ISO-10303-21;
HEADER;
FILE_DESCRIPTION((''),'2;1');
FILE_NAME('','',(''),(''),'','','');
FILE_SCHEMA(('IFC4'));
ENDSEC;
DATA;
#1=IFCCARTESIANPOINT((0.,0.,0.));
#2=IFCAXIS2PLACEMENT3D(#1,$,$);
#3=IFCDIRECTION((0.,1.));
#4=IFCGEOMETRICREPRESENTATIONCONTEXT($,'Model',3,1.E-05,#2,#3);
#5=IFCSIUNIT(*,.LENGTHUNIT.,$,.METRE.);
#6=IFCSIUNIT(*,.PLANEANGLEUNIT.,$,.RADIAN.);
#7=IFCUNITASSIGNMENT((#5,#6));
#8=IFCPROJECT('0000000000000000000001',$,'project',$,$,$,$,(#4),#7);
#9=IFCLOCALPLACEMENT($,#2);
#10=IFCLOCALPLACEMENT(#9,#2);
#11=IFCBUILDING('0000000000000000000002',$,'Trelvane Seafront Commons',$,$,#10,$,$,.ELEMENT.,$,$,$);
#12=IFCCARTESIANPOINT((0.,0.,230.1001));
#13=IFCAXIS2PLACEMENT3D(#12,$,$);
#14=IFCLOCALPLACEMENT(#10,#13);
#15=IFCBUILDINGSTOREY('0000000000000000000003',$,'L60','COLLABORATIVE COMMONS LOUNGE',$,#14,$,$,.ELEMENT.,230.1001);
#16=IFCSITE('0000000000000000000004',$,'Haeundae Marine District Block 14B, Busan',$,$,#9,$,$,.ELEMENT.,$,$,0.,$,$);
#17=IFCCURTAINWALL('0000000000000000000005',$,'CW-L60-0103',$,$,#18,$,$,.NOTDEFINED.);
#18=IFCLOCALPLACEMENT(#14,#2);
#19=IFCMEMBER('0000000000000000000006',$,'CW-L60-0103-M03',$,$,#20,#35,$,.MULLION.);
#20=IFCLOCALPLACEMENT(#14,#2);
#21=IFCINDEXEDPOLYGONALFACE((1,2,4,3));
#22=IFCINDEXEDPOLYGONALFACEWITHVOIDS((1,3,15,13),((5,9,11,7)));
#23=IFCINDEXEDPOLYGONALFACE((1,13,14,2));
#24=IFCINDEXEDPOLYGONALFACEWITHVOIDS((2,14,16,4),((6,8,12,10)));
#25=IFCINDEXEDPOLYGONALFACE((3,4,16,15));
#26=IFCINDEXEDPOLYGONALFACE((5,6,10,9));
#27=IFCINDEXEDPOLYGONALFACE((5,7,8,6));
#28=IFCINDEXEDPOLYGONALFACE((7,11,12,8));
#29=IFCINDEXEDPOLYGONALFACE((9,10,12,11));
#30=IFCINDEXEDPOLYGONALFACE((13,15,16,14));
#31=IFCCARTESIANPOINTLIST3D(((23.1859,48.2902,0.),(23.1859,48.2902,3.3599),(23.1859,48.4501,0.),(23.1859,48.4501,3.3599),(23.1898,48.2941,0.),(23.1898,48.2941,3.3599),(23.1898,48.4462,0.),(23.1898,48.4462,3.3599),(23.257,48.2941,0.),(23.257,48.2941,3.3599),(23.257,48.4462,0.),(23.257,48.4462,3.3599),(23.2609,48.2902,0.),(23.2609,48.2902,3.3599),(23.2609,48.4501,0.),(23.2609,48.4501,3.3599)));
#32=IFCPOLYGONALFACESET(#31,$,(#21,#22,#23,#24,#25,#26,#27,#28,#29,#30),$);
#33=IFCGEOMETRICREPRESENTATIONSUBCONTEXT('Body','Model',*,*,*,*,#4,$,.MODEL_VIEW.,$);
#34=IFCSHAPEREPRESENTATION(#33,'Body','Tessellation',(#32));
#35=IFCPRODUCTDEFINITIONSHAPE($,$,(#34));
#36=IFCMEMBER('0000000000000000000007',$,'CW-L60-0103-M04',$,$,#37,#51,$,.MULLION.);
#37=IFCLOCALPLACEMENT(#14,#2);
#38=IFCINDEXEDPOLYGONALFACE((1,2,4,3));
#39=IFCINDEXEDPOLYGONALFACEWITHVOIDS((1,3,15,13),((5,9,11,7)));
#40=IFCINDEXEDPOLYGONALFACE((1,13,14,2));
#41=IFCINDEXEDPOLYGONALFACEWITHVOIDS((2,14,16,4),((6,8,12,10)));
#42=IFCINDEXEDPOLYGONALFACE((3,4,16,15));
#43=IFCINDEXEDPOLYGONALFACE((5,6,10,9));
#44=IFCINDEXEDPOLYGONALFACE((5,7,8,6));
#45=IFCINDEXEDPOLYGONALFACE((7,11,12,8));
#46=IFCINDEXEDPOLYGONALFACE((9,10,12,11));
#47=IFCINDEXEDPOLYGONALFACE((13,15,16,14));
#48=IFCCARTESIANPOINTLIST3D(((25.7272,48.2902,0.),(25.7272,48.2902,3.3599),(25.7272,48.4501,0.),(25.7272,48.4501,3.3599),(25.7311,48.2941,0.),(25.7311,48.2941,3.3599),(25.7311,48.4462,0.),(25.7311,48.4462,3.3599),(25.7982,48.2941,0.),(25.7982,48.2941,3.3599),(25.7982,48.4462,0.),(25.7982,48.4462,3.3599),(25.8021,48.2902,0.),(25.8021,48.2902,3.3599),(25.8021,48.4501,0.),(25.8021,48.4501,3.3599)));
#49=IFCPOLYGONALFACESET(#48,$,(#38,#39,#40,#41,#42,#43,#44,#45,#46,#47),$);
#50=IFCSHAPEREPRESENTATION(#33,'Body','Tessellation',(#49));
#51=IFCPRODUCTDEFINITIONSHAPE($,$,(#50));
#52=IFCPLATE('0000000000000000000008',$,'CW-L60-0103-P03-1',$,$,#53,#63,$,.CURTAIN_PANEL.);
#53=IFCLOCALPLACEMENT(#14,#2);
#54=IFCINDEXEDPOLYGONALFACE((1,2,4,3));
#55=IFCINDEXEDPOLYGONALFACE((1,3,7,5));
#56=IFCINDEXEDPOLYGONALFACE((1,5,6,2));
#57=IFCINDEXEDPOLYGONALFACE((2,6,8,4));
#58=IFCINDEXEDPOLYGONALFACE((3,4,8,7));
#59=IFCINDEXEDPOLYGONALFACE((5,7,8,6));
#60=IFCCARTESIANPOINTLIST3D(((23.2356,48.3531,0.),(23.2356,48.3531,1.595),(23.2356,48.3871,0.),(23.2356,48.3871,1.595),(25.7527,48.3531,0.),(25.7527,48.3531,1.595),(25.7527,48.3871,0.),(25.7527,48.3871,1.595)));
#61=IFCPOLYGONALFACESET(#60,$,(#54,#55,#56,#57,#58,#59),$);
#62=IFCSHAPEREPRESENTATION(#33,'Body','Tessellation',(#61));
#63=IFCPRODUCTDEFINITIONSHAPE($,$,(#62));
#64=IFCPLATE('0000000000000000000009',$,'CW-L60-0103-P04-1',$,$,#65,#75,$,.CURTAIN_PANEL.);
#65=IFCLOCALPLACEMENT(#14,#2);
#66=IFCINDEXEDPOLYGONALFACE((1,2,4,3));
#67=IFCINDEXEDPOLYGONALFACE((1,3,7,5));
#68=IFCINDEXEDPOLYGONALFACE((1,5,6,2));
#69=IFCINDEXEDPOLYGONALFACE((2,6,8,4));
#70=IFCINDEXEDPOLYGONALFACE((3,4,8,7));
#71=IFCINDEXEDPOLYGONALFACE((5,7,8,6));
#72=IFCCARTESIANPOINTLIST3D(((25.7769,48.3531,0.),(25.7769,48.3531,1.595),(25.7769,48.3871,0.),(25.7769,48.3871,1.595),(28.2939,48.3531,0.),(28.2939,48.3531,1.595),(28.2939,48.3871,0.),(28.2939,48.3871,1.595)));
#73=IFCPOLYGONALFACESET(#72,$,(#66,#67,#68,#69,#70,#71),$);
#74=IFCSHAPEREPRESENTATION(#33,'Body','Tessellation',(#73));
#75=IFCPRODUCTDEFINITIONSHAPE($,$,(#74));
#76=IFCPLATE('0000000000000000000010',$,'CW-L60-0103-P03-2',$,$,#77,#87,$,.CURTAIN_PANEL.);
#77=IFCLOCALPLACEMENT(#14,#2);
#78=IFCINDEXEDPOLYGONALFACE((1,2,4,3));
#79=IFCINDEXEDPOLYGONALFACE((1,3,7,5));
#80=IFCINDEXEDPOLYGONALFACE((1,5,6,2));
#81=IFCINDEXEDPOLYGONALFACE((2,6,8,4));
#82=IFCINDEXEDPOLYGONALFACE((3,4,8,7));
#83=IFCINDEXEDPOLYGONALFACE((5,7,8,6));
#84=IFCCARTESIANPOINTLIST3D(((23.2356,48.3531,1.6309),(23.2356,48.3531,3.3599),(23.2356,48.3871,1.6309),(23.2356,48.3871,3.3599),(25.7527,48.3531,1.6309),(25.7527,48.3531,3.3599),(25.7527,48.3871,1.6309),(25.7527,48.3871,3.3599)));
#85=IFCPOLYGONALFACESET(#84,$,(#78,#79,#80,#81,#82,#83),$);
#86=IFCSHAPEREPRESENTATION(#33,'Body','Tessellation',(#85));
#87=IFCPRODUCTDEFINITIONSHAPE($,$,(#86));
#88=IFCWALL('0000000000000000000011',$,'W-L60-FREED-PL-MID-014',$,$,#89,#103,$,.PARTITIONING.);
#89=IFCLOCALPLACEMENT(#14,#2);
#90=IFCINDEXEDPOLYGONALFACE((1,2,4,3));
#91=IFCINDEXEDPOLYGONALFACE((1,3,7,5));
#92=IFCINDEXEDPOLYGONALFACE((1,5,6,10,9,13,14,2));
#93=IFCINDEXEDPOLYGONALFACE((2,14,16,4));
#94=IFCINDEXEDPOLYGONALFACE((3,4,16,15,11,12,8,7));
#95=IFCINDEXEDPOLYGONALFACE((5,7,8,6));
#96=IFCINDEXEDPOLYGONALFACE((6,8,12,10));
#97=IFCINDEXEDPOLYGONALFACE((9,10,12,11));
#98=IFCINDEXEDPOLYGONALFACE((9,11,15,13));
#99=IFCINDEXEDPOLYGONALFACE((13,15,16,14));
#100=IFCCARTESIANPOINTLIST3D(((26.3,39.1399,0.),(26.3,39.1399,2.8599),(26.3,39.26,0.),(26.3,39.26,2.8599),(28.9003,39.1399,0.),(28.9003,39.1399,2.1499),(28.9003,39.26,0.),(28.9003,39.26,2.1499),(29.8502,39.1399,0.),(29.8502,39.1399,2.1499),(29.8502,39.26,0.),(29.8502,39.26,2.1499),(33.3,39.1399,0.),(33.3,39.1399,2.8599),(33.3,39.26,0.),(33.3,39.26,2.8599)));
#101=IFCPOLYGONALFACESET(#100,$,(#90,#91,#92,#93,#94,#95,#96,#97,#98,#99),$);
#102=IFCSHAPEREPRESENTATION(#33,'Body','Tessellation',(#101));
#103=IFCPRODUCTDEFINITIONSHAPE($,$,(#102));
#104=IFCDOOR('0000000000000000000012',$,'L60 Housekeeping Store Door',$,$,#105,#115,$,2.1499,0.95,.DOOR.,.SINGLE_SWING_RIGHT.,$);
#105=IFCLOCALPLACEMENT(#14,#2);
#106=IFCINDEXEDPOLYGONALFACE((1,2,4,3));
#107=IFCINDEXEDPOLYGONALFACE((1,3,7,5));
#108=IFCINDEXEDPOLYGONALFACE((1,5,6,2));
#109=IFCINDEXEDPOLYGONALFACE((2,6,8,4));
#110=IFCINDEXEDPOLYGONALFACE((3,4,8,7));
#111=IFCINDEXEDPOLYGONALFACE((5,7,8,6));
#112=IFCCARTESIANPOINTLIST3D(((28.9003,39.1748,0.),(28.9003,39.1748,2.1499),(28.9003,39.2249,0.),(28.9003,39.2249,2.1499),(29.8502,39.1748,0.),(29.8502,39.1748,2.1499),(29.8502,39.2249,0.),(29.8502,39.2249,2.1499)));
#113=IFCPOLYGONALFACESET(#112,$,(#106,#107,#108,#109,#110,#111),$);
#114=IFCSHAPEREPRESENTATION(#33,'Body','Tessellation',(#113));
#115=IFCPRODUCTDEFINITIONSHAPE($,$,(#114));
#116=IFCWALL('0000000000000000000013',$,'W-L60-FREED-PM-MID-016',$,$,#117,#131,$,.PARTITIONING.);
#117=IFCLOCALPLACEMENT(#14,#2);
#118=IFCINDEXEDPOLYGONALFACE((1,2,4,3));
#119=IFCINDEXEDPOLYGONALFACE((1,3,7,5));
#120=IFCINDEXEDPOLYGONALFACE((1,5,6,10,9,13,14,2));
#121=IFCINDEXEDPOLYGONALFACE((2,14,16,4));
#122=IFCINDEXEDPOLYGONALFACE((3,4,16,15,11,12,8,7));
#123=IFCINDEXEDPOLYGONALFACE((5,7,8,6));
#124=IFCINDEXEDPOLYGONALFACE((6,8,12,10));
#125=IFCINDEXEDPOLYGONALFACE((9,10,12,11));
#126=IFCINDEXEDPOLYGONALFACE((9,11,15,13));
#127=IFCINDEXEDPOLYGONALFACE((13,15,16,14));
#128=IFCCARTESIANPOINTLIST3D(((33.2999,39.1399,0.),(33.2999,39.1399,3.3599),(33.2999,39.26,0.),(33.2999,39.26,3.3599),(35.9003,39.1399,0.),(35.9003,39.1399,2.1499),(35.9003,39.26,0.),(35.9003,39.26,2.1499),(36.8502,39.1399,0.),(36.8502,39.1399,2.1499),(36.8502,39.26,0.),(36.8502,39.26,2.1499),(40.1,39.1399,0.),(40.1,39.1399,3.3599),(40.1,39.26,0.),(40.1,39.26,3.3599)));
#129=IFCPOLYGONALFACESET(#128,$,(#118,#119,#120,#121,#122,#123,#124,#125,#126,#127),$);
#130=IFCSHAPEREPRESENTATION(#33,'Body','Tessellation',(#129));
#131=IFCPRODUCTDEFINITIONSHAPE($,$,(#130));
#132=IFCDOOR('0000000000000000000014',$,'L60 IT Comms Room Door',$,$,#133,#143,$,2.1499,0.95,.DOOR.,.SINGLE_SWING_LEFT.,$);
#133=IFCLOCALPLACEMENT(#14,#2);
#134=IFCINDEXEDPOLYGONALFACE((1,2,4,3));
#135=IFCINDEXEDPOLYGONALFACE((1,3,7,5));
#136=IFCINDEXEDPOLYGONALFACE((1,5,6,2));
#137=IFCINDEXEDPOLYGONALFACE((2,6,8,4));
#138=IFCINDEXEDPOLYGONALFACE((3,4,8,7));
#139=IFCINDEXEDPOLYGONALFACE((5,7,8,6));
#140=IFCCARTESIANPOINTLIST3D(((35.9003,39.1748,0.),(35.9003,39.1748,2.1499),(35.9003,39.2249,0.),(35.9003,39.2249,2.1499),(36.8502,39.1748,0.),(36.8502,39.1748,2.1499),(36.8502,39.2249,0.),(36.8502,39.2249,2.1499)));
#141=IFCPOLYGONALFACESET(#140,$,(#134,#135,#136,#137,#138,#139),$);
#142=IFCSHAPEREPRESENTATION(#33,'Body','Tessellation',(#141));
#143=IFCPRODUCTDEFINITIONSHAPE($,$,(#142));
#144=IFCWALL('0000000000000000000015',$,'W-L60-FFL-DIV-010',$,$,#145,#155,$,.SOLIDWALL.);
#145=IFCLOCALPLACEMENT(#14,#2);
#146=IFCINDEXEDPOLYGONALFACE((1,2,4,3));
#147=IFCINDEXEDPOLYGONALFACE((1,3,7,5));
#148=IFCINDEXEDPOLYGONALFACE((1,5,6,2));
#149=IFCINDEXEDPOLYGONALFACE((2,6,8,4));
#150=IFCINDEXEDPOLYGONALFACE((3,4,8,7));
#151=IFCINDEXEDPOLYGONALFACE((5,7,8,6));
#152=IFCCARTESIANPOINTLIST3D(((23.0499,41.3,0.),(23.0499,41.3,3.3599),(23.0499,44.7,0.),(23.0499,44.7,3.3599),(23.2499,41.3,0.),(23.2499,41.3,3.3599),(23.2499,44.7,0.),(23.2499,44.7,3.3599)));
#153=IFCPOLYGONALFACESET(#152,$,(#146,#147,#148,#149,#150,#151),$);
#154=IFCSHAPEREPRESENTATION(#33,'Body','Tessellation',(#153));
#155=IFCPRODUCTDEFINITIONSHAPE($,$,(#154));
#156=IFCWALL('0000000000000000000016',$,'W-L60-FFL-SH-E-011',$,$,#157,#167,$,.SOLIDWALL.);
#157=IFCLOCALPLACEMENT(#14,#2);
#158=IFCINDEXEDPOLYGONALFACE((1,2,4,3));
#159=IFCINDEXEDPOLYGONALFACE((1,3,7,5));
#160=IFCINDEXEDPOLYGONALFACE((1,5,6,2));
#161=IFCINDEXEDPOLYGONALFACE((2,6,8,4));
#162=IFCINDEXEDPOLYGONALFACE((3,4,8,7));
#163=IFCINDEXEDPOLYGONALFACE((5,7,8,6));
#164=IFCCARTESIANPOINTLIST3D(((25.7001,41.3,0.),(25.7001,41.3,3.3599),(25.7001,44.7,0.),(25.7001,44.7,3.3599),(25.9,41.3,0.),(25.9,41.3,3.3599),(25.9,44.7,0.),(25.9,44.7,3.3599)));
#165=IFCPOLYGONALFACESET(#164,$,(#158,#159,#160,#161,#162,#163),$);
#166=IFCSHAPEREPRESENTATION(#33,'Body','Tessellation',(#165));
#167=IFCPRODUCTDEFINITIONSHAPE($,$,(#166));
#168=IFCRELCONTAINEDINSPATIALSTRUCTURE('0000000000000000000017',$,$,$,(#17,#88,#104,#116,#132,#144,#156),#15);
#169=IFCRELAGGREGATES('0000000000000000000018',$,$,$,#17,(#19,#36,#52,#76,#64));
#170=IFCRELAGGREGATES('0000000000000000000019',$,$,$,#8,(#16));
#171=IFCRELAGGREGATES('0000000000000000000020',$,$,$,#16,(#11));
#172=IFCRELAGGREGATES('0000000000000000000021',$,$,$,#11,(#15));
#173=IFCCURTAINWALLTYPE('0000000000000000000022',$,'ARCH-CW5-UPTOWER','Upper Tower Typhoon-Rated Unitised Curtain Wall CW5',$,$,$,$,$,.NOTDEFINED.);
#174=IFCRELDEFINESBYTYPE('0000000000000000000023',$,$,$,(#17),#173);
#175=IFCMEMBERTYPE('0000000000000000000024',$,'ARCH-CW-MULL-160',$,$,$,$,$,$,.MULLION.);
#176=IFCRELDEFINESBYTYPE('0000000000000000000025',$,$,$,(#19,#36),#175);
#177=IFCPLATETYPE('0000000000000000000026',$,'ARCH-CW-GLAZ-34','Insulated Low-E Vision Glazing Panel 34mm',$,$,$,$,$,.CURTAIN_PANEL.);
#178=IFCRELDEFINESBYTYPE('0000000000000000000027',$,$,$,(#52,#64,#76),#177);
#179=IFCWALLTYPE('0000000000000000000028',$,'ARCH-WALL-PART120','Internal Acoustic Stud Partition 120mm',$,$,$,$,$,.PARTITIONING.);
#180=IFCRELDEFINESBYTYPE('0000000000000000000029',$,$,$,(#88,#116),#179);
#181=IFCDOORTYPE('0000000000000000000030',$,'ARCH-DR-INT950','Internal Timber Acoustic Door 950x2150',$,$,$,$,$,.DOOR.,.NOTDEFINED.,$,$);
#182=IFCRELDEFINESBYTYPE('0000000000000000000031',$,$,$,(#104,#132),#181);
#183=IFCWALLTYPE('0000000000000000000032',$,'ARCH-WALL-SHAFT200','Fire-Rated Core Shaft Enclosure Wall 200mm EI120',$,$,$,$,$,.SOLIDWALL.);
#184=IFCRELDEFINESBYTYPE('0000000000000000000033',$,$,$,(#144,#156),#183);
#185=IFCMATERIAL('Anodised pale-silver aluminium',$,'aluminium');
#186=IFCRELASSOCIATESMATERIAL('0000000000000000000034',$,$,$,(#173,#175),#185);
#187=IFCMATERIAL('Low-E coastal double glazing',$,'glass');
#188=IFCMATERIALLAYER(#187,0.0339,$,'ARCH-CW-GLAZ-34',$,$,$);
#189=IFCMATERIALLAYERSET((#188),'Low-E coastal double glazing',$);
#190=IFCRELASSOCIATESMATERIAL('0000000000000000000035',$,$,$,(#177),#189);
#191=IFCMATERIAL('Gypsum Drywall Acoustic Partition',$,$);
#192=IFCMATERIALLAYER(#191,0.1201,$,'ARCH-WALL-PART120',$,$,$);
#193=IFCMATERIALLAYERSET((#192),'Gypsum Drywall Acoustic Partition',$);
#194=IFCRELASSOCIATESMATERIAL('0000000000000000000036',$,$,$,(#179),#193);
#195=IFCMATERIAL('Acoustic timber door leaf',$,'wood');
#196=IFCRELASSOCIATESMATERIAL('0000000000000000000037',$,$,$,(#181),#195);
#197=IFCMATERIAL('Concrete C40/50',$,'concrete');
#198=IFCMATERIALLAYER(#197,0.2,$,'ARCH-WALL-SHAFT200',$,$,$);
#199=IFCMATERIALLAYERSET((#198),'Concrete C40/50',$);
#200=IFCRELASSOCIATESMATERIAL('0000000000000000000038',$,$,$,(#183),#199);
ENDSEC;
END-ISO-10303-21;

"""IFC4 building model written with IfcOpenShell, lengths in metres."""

from ifc_helpers import new_model, si_unit, direction, frame, frame_2d, origin, origin_2d, place, context, subcontext, project, spatial, rectangle, hollow_rectangle, extrude, source, transform, mapped, material, layer, layer_set, material_profile, profile_set, type_object, element, fill, aggregate, save


model = new_model("IFC4")

# Units and contexts
model_context = context("Model", 3, precision=1e-05, world=origin(), true_north=direction((0.0, 1.0)))
body_context = subcontext(model_context, "Body", "Model", "MODEL_VIEW")
ifc_project = project(units=[si_unit("LENGTHUNIT", "METRE"), si_unit("PLANEANGLEUNIT", "RADIAN")], contexts=[model_context])

# Site, building, storey
site_placement = place(None, origin())
site = spatial("IfcSite", under=ifc_project, at=site_placement, Name="Haeundae Marine District Block 14B, Busan", CompositionType="ELEMENT", RefElevation=0.0)
building_placement = place(site_placement, origin())
building = spatial("IfcBuilding", under=site, at=building_placement, Name="Trelvane Seafront Commons", CompositionType="ELEMENT")
storey_placement = place(building_placement, frame((0.0, 0.0, 230.1001)))
storey = spatial("IfcBuildingStorey", under=building, at=storey_placement, Name="L60", Description="COLLABORATIVE COMMONS LOUNGE", CompositionType="ELEMENT", Elevation=230.1001)

# Curtain wall, members, plates
ifc_material_1 = material(Name="Anodised pale-silver aluminium", Category="aluminium")
curtain_wall_type = type_object("IfcCurtainWallType", Name="ARCH-CW5-UPTOWER", Description="Upper Tower Typhoon-Rated Unitised Curtain Wall CW5", PredefinedType="NOTDEFINED", material=ifc_material_1)
curtain_wall_placement = place(storey_placement, origin())
curtain_wall = element("IfcCurtainWall", 1, at=curtain_wall_placement, inside=storey, type_object=curtain_wall_type, Name="CW-L60-0103", PredefinedType="NOTDEFINED")
ifc_material_profile_1 = material_profile(ifc_material_1, hollow_rectangle(XDim=0.075, YDim=0.1599, WallThickness=0.0039, at=origin_2d()), Name="MULL-75x160x4")
ifc_profile_set_1 = profile_set([ifc_material_profile_1], Name="Anodised pale-silver aluminium")
member_type_1 = type_object("IfcMemberType", Name="ARCH-CW-MULL-160", PredefinedType="MULLION", material=ifc_profile_set_1)
shared_shape_1 = source(origin(), body_context, "Body", "SweptSolid", [
    extrude(hollow_rectangle(XDim=0.075, YDim=0.1599, WallThickness=0.0039, at=origin_2d()), origin(), (0.0, 0.0, 1.0), 3.3599),
])
member_1_placement = place(storey_placement, frame((23.2234, 48.3701, 0.0), z_axis=(0.0, 0.0, 1.0), x_axis=(1.0, 0.0, 0.0)))
member_1 = element("IfcMember", 2, at=member_1_placement, type_object=member_type_1, Name="CW-L60-0103-M03", PredefinedType="MULLION", context=body_context, shape_type="MappedRepresentation", body=[
    mapped(shared_shape_1, transform((0.0, 0.0, 0.0), x_axis=(1.0, 0.0, 0.0), y_axis=(0.0, 1.0, 0.0), z_axis=(0.0, 0.0, 1.0), scale=1.0)),
])
member_2_placement = place(storey_placement, frame((25.7646, 48.3701, 0.0), z_axis=(0.0, 0.0, 1.0), x_axis=(1.0, 0.0, 0.0)))
member_2 = element("IfcMember", 3, at=member_2_placement, type_object=member_type_1, Name="CW-L60-0103-M04", PredefinedType="MULLION", context=body_context, shape_type="MappedRepresentation", body=[
    mapped(shared_shape_1, transform((0.0, 0.0, 0.0), x_axis=(1.0, 0.0, 0.0), y_axis=(0.0, 1.0, 0.0), z_axis=(0.0, 0.0, 1.0), scale=1.0)),
])
ifc_material_2 = material(Name="Low-E coastal double glazing", Category="glass")
ifc_layer_1 = layer(ifc_material_2, 0.0339, Name="ARCH-CW-GLAZ-34")
ifc_layer_set_1 = layer_set([ifc_layer_1], Name="Low-E coastal double glazing")
plate_type = type_object("IfcPlateType", Name="ARCH-CW-GLAZ-34", Description="Insulated Low-E Vision Glazing Panel 34mm", PredefinedType="CURTAIN_PANEL", material=ifc_layer_set_1)
shared_shape_2 = source(origin(), body_context, "Body", "SweptSolid", [
    extrude(rectangle(XDim=2.5171, YDim=0.0339, at=origin_2d()), origin(), (0.0, 0.0, 1.0), 1.595),
])
plate_1_placement = place(storey_placement, frame((24.4941, 48.3701, 0.0), z_axis=(0.0, 0.0, 1.0), x_axis=(1.0, 0.0, 0.0)))
plate_1 = element("IfcPlate", 4, at=plate_1_placement, type_object=plate_type, Name="CW-L60-0103-P03-1", PredefinedType="CURTAIN_PANEL", context=body_context, shape_type="MappedRepresentation", body=[
    mapped(shared_shape_2, transform((0.0, 0.0, 0.0), x_axis=(1.0, 0.0, 0.0), y_axis=(0.0, 1.0, 0.0), z_axis=(0.0, 0.0, 1.0), scale=1.0)),
])
plate_2_placement = place(storey_placement, frame((27.0354, 48.3701, 0.0), z_axis=(0.0, 0.0, 1.0), x_axis=(1.0, 0.0, 0.0)))
plate_2 = element("IfcPlate", 5, at=plate_2_placement, type_object=plate_type, Name="CW-L60-0103-P04-1", PredefinedType="CURTAIN_PANEL", context=body_context, shape_type="MappedRepresentation", body=[
    mapped(shared_shape_2, transform((0.0, 0.0, 0.0), x_axis=(1.0, 0.0, 0.0), y_axis=(0.0, 1.0, 0.0), z_axis=(0.0, 0.0, 1.0), scale=1.0)),
])
shared_shape_3 = source(origin(), body_context, "Body", "SweptSolid", [
    extrude(rectangle(XDim=2.5171, YDim=0.0339, at=origin_2d()), origin(), (0.0, 0.0, 1.0), 1.729),
])
plate_3_placement = place(storey_placement, frame((24.4941, 48.3701, 1.6309), z_axis=(0.0, 0.0, 1.0), x_axis=(1.0, 0.0, 0.0)))
plate_3 = element("IfcPlate", 6, at=plate_3_placement, type_object=plate_type, Name="CW-L60-0103-P03-2", PredefinedType="CURTAIN_PANEL", context=body_context, shape_type="MappedRepresentation", body=[
    mapped(shared_shape_3, transform((0.0, 0.0, 0.0), x_axis=(1.0, 0.0, 0.0), y_axis=(0.0, 1.0, 0.0), z_axis=(0.0, 0.0, 1.0), scale=1.0)),
])
aggregate(curtain_wall, [member_1, member_2, plate_1, plate_3, plate_2])

# Walls, openings, doors
ifc_material_3 = material(Name="Concrete C40/50", Category="concrete")
ifc_material_4 = material(Name="Gypsum Drywall Acoustic Partition")
ifc_layer_2 = layer(ifc_material_4, 0.1201, Name="ARCH-WALL-PART120")
ifc_layer_set_2 = layer_set([ifc_layer_2], Name="Gypsum Drywall Acoustic Partition")
wall_type_1 = type_object("IfcWallType", Name="ARCH-WALL-PART120", Description="Internal Acoustic Stud Partition 120mm", PredefinedType="PARTITIONING", material=ifc_layer_set_2)
wall_1_placement = place(storey_placement, frame((26.3, 39.2, 0.0), z_axis=(0.0, 0.0, 1.0), x_axis=(1.0, 0.0, 0.0)))
wall_1 = element("IfcWall", 7, at=wall_1_placement, inside=storey, type_object=wall_type_1, Name="W-L60-FREED-PL-MID-014", PredefinedType="PARTITIONING", context=body_context, shape_type="SweptSolid", body=[
    extrude(rectangle(XDim=7.0, YDim=0.1201, at=frame_2d((3.5, 0.0))), origin(), (0.0, 0.0, 1.0), 2.8599),
])
opening_1_placement = place(wall_1_placement, frame((2.6001, 0.0, 0.0)))
opening_1 = element("IfcOpeningElement", 8, at=opening_1_placement, cuts=wall_1, PredefinedType="OPENING", context=body_context, shape_type="SweptSolid", body=[
    extrude(rectangle(XDim=0.95, YDim=2.1499, at=frame_2d((0.4751, 1.075))), frame((0.0, 0.0701, 0.0), z_axis=(0.0, -1.0, 0.0), x_axis=(1.0, 0.0, 0.0)), (0.0, 0.0, 1.0), 0.1401),
])
ifc_material_5 = material(Name="Acoustic timber door leaf", Category="wood")
door_type_1 = type_object("IfcDoorType", Name="ARCH-DR-INT950", Description="Internal Timber Acoustic Door 950x2150", OperationType="NOTDEFINED", PredefinedType="DOOR", material=ifc_material_5)
shared_shape_4 = source(origin(), body_context, "Body", "SweptSolid", [
    extrude(rectangle(XDim=0.95, YDim=2.1499, at=frame_2d((0.4751, 1.075))), frame((0.0, 0.0249, 0.0), z_axis=(0.0, -1.0, 0.0), x_axis=(1.0, 0.0, 0.0)), (0.0, 0.0, 1.0), 0.05),
])
door_1_placement = place(opening_1_placement, origin())
door_1 = element("IfcDoor", 9, at=door_1_placement, inside=storey, type_object=door_type_1, Name="L60 Housekeeping Store Door", OperationType="SINGLE_SWING_RIGHT", OverallHeight=2.1499, OverallWidth=0.95, PredefinedType="DOOR", context=body_context, shape_type="MappedRepresentation", body=[
    mapped(shared_shape_4, transform((0.0, 0.0, 0.0), x_axis=(1.0, 0.0, 0.0), y_axis=(0.0, 1.0, 0.0), z_axis=(0.0, 0.0, 1.0), scale=1.0)),
])
fill(opening_1, door_1)
wall_2_placement = place(storey_placement, frame((33.3, 39.2, 0.0), z_axis=(0.0, 0.0, 1.0), x_axis=(1.0, 0.0, 0.0)))
wall_2 = element("IfcWall", 10, at=wall_2_placement, inside=storey, type_object=wall_type_1, Name="W-L60-FREED-PM-MID-016", PredefinedType="PARTITIONING", context=body_context, shape_type="SweptSolid", body=[
    extrude(rectangle(XDim=6.8, YDim=0.1201, at=frame_2d((3.3999, 0.0))), origin(), (0.0, 0.0, 1.0), 3.3599),
])
opening_2_placement = place(wall_2_placement, frame((2.6001, 0.0, 0.0)))
opening_2 = element("IfcOpeningElement", 11, at=opening_2_placement, cuts=wall_2, PredefinedType="OPENING", context=body_context, shape_type="SweptSolid", body=[
    extrude(rectangle(XDim=0.95, YDim=2.1499, at=frame_2d((0.4751, 1.075))), frame((0.0, 0.0701, 0.0), z_axis=(0.0, -1.0, 0.0), x_axis=(1.0, 0.0, 0.0)), (0.0, 0.0, 1.0), 0.1401),
])
door_2_placement = place(opening_2_placement, origin())
door_2 = element("IfcDoor", 12, at=door_2_placement, inside=storey, type_object=door_type_1, Name="L60 IT Comms Room Door", OperationType="SINGLE_SWING_LEFT", OverallHeight=2.1499, OverallWidth=0.95, PredefinedType="DOOR", context=body_context, shape_type="MappedRepresentation", body=[
    mapped(shared_shape_4, transform((0.0, 0.0, 0.0), x_axis=(1.0, 0.0, 0.0), y_axis=(0.0, 1.0, 0.0), z_axis=(0.0, 0.0, 1.0), scale=1.0)),
])
fill(opening_2, door_2)

# Walls
ifc_layer_3 = layer(ifc_material_3, 0.2, Name="ARCH-WALL-SHAFT200")
ifc_layer_set_3 = layer_set([ifc_layer_3], Name="Concrete C40/50")
wall_type_2 = type_object("IfcWallType", Name="ARCH-WALL-SHAFT200", Description="Fire-Rated Core Shaft Enclosure Wall 200mm EI120", PredefinedType="SOLIDWALL", material=ifc_layer_set_3)
for number, where, z_axis, x_axis, name in (
    (13, (23.1499, 41.3, 0.0), (0.0, 0.0, 1.0), (0.0, 1.0, 0.0), "W-L60-FFL-DIV-010"),
    (14, (25.8, 41.3, 0.0), (0.0, 0.0, 1.0), (0.0, 1.0, 0.0), "W-L60-FFL-SH-E-011"),
):
    element("IfcWall", number, at=place(storey_placement, frame(where, z_axis=z_axis, x_axis=x_axis)), inside=storey, type_object=wall_type_2, Name=name, PredefinedType="SOLIDWALL", context=body_context, shape_type="SweptSolid", body=[
        extrude(rectangle(XDim=3.3999, YDim=0.2, at=frame_2d((1.7, 0.0))), origin(), (0.0, 0.0, 1.0), 3.3599),
    ])

save(model, "model.ifc")
